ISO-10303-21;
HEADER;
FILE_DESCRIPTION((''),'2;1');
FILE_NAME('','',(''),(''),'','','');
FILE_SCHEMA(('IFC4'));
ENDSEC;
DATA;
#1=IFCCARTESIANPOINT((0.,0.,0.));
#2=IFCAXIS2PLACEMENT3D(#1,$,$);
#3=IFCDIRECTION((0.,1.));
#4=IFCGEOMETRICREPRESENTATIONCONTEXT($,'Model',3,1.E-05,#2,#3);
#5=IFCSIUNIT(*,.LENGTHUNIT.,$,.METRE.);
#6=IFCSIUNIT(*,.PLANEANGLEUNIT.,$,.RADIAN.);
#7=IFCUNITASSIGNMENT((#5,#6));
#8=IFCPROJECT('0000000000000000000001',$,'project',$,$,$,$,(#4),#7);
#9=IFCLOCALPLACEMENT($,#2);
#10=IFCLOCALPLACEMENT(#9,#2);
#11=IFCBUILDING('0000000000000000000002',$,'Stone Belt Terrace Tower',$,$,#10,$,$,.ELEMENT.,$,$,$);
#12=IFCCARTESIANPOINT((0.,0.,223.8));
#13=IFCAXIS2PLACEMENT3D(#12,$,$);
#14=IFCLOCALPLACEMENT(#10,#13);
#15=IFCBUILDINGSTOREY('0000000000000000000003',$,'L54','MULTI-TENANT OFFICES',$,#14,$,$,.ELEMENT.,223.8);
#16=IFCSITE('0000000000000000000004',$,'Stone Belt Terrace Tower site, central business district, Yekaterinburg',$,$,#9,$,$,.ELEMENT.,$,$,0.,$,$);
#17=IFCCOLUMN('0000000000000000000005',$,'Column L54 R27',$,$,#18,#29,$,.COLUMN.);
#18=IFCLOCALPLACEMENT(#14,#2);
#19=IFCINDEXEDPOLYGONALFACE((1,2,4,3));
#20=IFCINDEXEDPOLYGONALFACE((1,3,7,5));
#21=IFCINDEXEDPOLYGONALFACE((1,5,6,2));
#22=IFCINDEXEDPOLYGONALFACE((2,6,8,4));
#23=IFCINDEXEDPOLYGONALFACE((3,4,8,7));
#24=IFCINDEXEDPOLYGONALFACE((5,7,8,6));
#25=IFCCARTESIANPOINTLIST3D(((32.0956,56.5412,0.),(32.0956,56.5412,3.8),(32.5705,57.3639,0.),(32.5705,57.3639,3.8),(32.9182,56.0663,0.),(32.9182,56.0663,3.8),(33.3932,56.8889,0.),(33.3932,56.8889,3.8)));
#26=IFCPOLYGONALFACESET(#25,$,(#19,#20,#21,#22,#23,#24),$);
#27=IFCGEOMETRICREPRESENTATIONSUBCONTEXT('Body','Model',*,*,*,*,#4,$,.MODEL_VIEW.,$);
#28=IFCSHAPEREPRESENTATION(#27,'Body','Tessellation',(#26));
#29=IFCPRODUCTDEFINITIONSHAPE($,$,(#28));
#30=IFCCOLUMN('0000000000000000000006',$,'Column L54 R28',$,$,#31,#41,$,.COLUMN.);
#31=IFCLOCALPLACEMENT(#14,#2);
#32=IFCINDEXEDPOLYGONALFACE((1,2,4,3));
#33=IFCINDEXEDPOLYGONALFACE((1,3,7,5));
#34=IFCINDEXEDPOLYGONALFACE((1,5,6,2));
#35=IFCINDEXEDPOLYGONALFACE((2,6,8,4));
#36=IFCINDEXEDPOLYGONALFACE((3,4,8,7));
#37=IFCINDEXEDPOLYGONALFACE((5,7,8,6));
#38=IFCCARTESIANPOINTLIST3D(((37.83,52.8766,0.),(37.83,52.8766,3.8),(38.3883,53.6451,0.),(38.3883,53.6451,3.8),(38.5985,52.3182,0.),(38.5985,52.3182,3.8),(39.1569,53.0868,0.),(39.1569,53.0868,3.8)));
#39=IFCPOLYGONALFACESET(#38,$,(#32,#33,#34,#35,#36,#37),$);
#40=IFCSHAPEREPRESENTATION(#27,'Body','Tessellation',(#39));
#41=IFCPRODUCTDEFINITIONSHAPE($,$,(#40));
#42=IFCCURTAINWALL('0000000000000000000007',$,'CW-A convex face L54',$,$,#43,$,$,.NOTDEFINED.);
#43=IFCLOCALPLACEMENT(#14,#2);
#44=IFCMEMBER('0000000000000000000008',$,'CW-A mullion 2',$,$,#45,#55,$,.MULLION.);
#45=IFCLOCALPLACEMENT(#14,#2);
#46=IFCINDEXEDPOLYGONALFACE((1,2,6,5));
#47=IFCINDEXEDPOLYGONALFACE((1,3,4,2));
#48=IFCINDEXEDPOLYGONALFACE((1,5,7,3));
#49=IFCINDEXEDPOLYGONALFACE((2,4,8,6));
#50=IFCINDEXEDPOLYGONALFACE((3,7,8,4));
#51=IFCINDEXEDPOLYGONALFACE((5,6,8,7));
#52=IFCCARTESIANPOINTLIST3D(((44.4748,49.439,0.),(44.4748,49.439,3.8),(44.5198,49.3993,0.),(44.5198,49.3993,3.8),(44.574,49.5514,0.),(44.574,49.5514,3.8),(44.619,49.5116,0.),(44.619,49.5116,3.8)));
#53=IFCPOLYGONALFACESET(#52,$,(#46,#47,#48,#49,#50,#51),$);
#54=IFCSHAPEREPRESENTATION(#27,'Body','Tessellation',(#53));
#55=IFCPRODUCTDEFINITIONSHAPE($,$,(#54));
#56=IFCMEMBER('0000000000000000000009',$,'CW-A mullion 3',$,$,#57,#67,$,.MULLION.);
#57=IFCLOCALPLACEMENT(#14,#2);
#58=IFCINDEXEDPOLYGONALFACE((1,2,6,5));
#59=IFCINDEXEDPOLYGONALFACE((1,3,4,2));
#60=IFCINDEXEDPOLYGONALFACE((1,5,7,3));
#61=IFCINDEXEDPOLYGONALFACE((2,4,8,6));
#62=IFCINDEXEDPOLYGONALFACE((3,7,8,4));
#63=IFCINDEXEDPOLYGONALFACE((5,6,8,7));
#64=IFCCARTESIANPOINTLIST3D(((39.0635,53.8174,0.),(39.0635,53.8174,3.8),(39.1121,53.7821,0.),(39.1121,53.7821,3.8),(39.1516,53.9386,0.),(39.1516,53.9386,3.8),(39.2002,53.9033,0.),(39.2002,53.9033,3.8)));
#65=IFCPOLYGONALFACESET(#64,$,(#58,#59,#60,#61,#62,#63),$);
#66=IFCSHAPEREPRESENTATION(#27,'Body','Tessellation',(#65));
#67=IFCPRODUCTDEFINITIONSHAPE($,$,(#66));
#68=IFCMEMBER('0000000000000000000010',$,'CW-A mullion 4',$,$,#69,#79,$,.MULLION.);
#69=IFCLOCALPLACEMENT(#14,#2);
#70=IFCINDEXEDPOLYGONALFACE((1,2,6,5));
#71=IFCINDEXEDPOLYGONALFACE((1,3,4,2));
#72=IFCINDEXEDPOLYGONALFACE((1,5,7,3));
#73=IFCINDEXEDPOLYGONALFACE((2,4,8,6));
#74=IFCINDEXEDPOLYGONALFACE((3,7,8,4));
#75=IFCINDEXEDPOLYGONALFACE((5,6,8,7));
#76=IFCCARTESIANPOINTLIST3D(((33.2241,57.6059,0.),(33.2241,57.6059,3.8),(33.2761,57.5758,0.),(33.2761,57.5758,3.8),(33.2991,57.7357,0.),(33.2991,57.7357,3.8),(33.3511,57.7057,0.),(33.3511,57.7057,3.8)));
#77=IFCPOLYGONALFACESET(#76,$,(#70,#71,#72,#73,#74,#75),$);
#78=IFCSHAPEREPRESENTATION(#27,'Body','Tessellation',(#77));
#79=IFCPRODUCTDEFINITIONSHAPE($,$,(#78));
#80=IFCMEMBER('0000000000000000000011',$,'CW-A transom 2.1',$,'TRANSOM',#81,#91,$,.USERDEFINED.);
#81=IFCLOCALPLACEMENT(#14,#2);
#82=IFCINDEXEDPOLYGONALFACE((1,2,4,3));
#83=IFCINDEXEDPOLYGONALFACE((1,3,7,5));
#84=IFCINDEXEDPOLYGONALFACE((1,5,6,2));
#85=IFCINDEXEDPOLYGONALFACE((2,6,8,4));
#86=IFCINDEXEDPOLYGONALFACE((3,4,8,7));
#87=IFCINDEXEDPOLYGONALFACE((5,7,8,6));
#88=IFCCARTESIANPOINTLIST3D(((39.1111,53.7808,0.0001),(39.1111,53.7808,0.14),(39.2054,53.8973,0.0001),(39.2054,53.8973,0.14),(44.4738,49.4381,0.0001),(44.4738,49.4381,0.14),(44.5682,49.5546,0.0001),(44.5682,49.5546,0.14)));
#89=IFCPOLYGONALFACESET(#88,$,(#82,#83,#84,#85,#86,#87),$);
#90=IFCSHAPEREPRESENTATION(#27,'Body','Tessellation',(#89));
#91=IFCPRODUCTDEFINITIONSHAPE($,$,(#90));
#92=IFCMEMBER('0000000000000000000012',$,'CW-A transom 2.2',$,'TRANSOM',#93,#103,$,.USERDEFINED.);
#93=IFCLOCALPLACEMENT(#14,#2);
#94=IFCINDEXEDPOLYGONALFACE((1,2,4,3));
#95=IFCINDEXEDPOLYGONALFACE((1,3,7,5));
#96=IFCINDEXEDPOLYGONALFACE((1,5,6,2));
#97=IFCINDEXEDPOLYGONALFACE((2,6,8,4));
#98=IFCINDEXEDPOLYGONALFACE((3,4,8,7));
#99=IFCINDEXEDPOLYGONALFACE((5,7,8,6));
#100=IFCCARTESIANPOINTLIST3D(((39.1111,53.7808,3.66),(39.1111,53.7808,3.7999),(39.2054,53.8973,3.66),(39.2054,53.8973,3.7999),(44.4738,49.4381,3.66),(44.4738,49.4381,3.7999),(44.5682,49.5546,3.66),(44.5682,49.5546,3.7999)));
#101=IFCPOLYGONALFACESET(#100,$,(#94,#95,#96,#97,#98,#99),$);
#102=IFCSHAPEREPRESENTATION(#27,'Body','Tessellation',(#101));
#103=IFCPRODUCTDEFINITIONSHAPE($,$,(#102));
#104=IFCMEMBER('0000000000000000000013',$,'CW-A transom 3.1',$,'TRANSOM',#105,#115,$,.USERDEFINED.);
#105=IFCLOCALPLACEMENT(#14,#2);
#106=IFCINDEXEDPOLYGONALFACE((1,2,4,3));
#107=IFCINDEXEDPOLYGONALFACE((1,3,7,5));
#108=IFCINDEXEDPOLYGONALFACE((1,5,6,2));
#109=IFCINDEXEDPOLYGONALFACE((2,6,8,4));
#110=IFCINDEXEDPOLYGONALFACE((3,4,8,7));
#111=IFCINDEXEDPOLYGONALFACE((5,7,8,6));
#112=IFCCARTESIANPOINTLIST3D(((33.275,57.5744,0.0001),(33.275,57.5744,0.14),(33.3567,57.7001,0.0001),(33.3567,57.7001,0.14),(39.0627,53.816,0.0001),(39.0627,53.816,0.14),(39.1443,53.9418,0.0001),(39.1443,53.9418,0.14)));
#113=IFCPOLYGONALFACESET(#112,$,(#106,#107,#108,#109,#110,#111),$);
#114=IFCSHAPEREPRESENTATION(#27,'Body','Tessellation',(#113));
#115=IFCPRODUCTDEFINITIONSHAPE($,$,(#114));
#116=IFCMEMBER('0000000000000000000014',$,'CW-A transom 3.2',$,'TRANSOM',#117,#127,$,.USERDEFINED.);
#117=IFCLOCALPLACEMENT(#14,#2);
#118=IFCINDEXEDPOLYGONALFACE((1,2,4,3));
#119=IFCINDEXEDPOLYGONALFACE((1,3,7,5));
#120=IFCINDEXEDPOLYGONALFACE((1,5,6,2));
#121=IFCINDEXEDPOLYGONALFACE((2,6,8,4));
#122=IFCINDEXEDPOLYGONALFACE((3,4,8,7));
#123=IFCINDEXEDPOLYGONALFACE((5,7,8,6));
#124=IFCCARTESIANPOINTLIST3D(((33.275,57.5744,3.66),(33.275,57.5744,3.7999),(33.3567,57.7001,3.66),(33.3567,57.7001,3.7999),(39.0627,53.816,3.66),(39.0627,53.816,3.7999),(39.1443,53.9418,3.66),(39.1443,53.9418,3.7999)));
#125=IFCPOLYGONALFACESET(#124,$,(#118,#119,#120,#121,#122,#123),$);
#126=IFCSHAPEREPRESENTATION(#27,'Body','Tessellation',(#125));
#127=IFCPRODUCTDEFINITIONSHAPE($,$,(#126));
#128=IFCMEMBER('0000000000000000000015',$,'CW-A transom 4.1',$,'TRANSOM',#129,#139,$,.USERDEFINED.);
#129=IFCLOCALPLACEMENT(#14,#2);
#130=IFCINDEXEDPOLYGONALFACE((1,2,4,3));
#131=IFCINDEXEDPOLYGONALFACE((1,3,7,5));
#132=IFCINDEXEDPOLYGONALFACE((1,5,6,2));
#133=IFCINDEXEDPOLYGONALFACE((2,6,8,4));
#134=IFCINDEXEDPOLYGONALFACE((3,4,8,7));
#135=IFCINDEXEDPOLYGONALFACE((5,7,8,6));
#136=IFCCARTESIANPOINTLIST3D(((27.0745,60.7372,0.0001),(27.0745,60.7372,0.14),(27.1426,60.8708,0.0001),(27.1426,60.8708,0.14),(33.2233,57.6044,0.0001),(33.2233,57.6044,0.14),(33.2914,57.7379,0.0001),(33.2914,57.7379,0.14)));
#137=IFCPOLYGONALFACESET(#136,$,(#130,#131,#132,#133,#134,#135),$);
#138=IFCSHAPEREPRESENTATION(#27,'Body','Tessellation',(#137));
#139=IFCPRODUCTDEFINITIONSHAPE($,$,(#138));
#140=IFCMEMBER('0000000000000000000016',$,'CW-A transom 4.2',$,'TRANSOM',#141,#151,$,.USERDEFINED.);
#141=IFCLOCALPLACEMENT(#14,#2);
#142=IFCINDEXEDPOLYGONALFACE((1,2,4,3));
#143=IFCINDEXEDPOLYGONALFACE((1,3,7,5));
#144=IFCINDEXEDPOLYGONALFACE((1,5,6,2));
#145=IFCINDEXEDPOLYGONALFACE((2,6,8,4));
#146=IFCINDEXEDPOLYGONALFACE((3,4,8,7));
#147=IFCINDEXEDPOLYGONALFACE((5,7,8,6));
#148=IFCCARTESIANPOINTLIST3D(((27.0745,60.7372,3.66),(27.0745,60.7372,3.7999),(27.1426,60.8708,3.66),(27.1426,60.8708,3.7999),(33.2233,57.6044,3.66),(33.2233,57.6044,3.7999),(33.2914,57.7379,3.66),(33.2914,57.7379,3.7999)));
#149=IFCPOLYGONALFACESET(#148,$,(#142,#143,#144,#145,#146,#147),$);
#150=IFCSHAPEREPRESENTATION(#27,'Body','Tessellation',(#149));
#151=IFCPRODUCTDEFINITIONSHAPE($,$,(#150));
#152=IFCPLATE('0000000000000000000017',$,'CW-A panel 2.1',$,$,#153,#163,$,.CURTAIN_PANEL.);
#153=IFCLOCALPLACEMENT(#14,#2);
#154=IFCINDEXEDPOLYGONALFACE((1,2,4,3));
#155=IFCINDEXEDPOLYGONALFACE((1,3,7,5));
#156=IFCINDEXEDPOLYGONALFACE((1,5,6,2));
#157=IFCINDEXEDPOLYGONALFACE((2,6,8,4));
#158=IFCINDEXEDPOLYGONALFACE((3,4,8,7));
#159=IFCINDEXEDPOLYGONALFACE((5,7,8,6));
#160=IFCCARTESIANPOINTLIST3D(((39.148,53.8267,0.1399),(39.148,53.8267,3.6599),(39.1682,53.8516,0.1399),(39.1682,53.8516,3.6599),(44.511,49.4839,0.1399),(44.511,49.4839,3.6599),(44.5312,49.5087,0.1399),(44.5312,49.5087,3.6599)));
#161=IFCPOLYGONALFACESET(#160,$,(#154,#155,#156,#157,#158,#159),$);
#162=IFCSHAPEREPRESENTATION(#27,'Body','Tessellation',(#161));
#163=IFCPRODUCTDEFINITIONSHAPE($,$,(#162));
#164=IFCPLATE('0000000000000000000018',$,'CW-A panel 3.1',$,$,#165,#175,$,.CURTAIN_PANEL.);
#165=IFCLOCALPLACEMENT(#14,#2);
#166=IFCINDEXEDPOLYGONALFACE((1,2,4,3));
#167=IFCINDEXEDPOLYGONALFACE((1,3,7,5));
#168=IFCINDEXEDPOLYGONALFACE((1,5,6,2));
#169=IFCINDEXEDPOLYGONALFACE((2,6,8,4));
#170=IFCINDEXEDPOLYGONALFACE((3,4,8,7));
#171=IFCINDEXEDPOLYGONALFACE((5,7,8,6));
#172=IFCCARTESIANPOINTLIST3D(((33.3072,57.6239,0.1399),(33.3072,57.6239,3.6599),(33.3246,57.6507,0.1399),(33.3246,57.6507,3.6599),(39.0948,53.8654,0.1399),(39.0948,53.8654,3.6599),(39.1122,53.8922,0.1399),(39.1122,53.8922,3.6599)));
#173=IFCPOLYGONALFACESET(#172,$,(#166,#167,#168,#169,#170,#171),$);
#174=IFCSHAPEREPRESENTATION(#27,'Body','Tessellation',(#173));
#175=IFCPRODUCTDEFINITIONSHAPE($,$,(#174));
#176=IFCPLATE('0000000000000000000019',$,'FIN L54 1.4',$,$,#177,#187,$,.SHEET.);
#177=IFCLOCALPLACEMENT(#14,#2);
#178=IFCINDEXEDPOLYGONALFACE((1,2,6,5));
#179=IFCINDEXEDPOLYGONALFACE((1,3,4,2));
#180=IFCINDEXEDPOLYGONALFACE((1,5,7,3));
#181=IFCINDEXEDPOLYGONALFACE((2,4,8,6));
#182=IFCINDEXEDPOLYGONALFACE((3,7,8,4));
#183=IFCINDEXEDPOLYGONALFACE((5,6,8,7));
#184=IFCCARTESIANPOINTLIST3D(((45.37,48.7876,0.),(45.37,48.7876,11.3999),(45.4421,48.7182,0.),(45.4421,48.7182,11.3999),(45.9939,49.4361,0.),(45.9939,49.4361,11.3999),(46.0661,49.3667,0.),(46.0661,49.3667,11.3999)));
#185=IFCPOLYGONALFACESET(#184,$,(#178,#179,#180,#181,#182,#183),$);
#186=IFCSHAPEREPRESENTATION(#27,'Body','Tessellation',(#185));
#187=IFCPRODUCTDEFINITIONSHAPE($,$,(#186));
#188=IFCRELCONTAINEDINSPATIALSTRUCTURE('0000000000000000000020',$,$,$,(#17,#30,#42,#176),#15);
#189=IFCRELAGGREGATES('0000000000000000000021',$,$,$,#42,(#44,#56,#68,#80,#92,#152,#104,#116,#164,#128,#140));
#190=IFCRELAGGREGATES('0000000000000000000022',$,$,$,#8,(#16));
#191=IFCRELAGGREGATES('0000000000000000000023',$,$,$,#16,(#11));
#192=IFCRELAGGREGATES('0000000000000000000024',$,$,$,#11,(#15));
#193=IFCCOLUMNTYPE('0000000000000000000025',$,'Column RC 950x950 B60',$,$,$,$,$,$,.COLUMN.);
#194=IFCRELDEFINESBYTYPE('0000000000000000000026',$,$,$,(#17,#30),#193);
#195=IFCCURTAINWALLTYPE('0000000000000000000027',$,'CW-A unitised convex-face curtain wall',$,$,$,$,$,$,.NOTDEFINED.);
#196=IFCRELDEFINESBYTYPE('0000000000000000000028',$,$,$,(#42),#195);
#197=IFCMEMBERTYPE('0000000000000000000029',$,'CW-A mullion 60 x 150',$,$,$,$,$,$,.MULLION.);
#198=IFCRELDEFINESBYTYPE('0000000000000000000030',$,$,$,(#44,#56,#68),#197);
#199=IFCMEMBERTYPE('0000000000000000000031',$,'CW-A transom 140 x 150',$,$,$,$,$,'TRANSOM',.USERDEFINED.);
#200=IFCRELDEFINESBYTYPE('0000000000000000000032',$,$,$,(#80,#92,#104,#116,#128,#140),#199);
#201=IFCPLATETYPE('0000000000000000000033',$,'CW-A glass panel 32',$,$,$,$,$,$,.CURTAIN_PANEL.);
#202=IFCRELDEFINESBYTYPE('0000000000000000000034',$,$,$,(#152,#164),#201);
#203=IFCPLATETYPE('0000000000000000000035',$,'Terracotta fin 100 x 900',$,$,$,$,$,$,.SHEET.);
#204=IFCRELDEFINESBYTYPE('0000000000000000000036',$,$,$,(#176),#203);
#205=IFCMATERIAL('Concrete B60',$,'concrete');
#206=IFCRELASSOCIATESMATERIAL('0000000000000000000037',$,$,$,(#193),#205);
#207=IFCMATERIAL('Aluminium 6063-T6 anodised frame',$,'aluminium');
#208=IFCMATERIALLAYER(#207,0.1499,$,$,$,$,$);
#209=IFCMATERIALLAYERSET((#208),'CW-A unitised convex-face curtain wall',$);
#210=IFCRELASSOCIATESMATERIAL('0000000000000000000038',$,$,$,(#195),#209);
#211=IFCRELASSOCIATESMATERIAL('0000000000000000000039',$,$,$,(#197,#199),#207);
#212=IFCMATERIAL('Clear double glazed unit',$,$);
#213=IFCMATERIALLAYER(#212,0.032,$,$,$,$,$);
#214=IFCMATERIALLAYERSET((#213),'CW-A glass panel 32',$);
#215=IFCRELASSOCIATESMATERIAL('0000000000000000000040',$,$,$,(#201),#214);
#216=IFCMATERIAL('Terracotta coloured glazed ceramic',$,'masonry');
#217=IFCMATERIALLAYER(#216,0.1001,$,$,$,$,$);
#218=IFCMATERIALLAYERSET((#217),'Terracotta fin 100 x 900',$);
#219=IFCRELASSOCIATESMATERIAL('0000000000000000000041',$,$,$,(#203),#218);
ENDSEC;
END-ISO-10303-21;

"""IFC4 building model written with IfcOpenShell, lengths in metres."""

from ifc_helpers import new_model, si_unit, direction, frame, origin, origin_2d, place, context, subcontext, project, spatial, rectangle, extrude, material, layer, layer_set, material_profile, profile_set, type_object, element, aggregate, save


model = new_model("IFC4")

# Units and contexts
model_context = context("Model", 3, precision=1e-05, world=origin(), true_north=direction((0.0, 1.0)))
body_context = subcontext(model_context, "Body", "Model", "MODEL_VIEW")
ifc_project = project(units=[si_unit("LENGTHUNIT", "METRE"), si_unit("PLANEANGLEUNIT", "RADIAN")], contexts=[model_context])

# Site, building, storey
site_placement = place(None, origin())
site = spatial("IfcSite", under=ifc_project, at=site_placement, Name="Stone Belt Terrace Tower site, central business district, Yekaterinburg", CompositionType="ELEMENT", RefElevation=0.0)
building_placement = place(site_placement, origin())
building = spatial("IfcBuilding", under=site, at=building_placement, Name="Stone Belt Terrace Tower", CompositionType="ELEMENT")
storey_placement = place(building_placement, frame((0.0, 0.0, 223.8)))
storey = spatial("IfcBuildingStorey", under=building, at=storey_placement, Name="L54", Description="MULTI-TENANT OFFICES", CompositionType="ELEMENT", Elevation=223.8)

# Columns
ifc_material_1 = material(Name="Concrete B60", Category="concrete")
ifc_material_profile_1 = material_profile(ifc_material_1, rectangle(XDim=0.95, YDim=0.95, at=origin_2d()), Name="RC 950x950")
ifc_profile_set_1 = profile_set([ifc_material_profile_1], Name="Concrete B60")
column_type = type_object("IfcColumnType", Name="Column RC 950x950 B60", PredefinedType="COLUMN", material=ifc_profile_set_1)
for number, where, z_axis, x_axis, name in (
    (1, (32.7444, 56.7151, 0.0), (0.0, 0.0, 1.0), (0.866025, -0.5, 0.0), "Column L54 R27"),
    (2, (38.4934, 52.9817, 0.0), (0.0, 0.0, 1.0), (0.809017, -0.587785, 0.0), "Column L54 R28"),
):
    element("IfcColumn", number, at=place(storey_placement, frame(where, z_axis=z_axis, x_axis=x_axis)), inside=storey, type_object=column_type, Name=name, PredefinedType="COLUMN", context=body_context, shape_type="SweptSolid", body=[
        extrude(rectangle(XDim=0.95, YDim=0.95, at=origin_2d()), origin(), (0.0, 0.0, 1.0), 3.8),
    ])

# Curtain wall, members, plates
ifc_material_2 = material(Name="Aluminium 6063-T6 anodised frame", Category="aluminium")
ifc_layer_1 = layer(ifc_material_2, 0.1499)
ifc_layer_set_1 = layer_set([ifc_layer_1], Name="CW-A unitised convex-face curtain wall")
curtain_wall_type = type_object("IfcCurtainWallType", Name="CW-A unitised convex-face curtain wall", PredefinedType="NOTDEFINED", material=ifc_layer_set_1)
curtain_wall_placement = place(storey_placement, origin())
curtain_wall = element("IfcCurtainWall", 3, at=curtain_wall_placement, inside=storey, type_object=curtain_wall_type, Name="CW-A convex face L54", PredefinedType="NOTDEFINED")
ifc_material_profile_2 = material_profile(ifc_material_2, rectangle(XDim=0.1499, YDim=0.0601, at=origin_2d()), Name="Aluminium 6063-T6 60x150")
ifc_profile_set_2 = profile_set([ifc_material_profile_2], Name="Aluminium 6063-T6 anodised frame")
member_type_1 = type_object("IfcMemberType", Name="CW-A mullion 60 x 150", PredefinedType="MULLION", material=ifc_profile_set_2)
member_1_placement = place(storey_placement, frame((44.5469, 49.4753, 0.0), z_axis=(0.0, 0.0, 1.0), x_axis=(-0.661937, -0.749559, 0.0)))
member_1 = element("IfcMember", 4, at=member_1_placement, type_object=member_type_1, Name="CW-A mullion 2", PredefinedType="MULLION", context=body_context, shape_type="SweptSolid", body=[
    extrude(rectangle(XDim=0.1499, YDim=0.0601, at=origin_2d()), origin(), (0.0, 0.0, 1.0), 3.8),
])
member_2_placement = place(storey_placement, frame((39.1318, 53.8604, 0.0), z_axis=(0.0, 0.0, 1.0), x_axis=(-0.587785, -0.809017, 0.0)))
member_2 = element("IfcMember", 5, at=member_2_placement, type_object=member_type_1, Name="CW-A mullion 3", PredefinedType="MULLION", context=body_context, shape_type="SweptSolid", body=[
    extrude(rectangle(XDim=0.1499, YDim=0.0601, at=origin_2d()), origin(), (0.0, 0.0, 1.0), 3.8),
])
member_3_placement = place(storey_placement, frame((33.2876, 57.6558, 0.0), z_axis=(0.0, 0.0, 1.0), x_axis=(-0.5, -0.866025, 0.0)))
member_3 = element("IfcMember", 6, at=member_3_placement, type_object=member_type_1, Name="CW-A mullion 4", PredefinedType="MULLION", context=body_context, shape_type="SweptSolid", body=[
    extrude(rectangle(XDim=0.1499, YDim=0.0601, at=origin_2d()), origin(), (0.0, 0.0, 1.0), 3.8),
])
ifc_material_profile_3 = material_profile(ifc_material_2, rectangle(XDim=0.1499, YDim=0.1399, at=origin_2d()), Name="Aluminium 6063-T6 150x140")
ifc_profile_set_3 = profile_set([ifc_material_profile_3], Name="Aluminium 6063-T6 anodised frame")
member_type_2 = type_object("IfcMemberType", Name="CW-A transom 140 x 150", ElementType="TRANSOM", PredefinedType="USERDEFINED", material=ifc_profile_set_3)
member_4_placement = place(storey_placement, frame((44.521, 49.4963, 0.0701), z_axis=(-0.777141, 0.629326, 0.0), x_axis=(-0.629326, -0.777141, 0.0)))
member_4 = element("IfcMember", 7, at=member_4_placement, type_object=member_type_2, Name="CW-A transom 2.1", ObjectType="TRANSOM", PredefinedType="USERDEFINED", context=body_context, shape_type="SweptSolid", body=[
    extrude(rectangle(XDim=0.1499, YDim=0.1399, at=origin_2d()), origin(), (0.0, 0.0, 1.0), 6.9006),
])
member_5_placement = place(storey_placement, frame((44.521, 49.4963, 3.73), z_axis=(-0.777141, 0.629326, 0.0), x_axis=(-0.629326, -0.777141, 0.0)))
member_5 = element("IfcMember", 8, at=member_5_placement, type_object=member_type_2, Name="CW-A transom 2.2", ObjectType="TRANSOM", PredefinedType="USERDEFINED", context=body_context, shape_type="SweptSolid", body=[
    extrude(rectangle(XDim=0.1499, YDim=0.1399, at=origin_2d()), origin(), (0.0, 0.0, 1.0), 6.9006),
])
member_6_placement = place(storey_placement, frame((39.1035, 53.8789, 0.0701), z_axis=(-0.838684, 0.544618, 0.0), x_axis=(-0.544618, -0.838684, 0.0)))
member_6 = element("IfcMember", 9, at=member_6_placement, type_object=member_type_2, Name="CW-A transom 3.1", ObjectType="TRANSOM", PredefinedType="USERDEFINED", context=body_context, shape_type="SweptSolid", body=[
    extrude(rectangle(XDim=0.1499, YDim=0.1399, at=origin_2d()), origin(), (0.0, 0.0, 1.0), 6.9009),
])
member_7_placement = place(storey_placement, frame((39.1035, 53.8789, 3.73), z_axis=(-0.838684, 0.544618, 0.0), x_axis=(-0.544618, -0.838684, 0.0)))
member_7 = element("IfcMember", 10, at=member_7_placement, type_object=member_type_2, Name="CW-A transom 3.2", ObjectType="TRANSOM", PredefinedType="USERDEFINED", context=body_context, shape_type="SweptSolid", body=[
    extrude(rectangle(XDim=0.1499, YDim=0.1399, at=origin_2d()), origin(), (0.0, 0.0, 1.0), 6.9009),
])
member_8_placement = place(storey_placement, frame((33.2573, 57.6711, 0.0701), z_axis=(-0.891012, 0.453979, 0.0), x_axis=(-0.453979, -0.891012, 0.0)))
member_8 = element("IfcMember", 11, at=member_8_placement, type_object=member_type_2, Name="CW-A transom 4.1", ObjectType="TRANSOM", PredefinedType="USERDEFINED", context=body_context, shape_type="SweptSolid", body=[
    extrude(rectangle(XDim=0.1499, YDim=0.1399, at=origin_2d()), origin(), (0.0, 0.0, 1.0), 6.9009),
])
member_9_placement = place(storey_placement, frame((33.2573, 57.6711, 3.73), z_axis=(-0.891012, 0.453979, 0.0), x_axis=(-0.453979, -0.891012, 0.0)))
member_9 = element("IfcMember", 12, at=member_9_placement, type_object=member_type_2, Name="CW-A transom 4.2", ObjectType="TRANSOM", PredefinedType="USERDEFINED", context=body_context, shape_type="SweptSolid", body=[
    extrude(rectangle(XDim=0.1499, YDim=0.1399, at=origin_2d()), origin(), (0.0, 0.0, 1.0), 6.9009),
])
ifc_material_3 = material(Name="Clear double glazed unit")
ifc_layer_2 = layer(ifc_material_3, 0.032)
ifc_layer_set_2 = layer_set([ifc_layer_2], Name="CW-A glass panel 32")
plate_type_1 = type_object("IfcPlateType", Name="CW-A glass panel 32", PredefinedType="CURTAIN_PANEL", material=ifc_layer_set_2)
plate_1_placement = place(storey_placement, frame((41.8396, 51.6677, 0.1399), z_axis=(0.0, 0.0, 1.0), x_axis=(-0.777146, 0.62932, 0.0)))
plate_1 = element("IfcPlate", 13, at=plate_1_placement, type_object=plate_type_1, Name="CW-A panel 2.1", PredefinedType="CURTAIN_PANEL", context=body_context, shape_type="SweptSolid", body=[
    extrude(rectangle(XDim=6.9009, YDim=0.032, at=origin_2d()), origin(), (0.0, 0.0, 1.0), 3.52),
])
plate_2_placement = place(storey_placement, frame((36.2097, 55.7581, 0.1399), z_axis=(0.0, 0.0, 1.0), x_axis=(-0.838671, 0.544639, 0.0)))
plate_2 = element("IfcPlate", 14, at=plate_2_placement, type_object=plate_type_1, Name="CW-A panel 3.1", PredefinedType="CURTAIN_PANEL", context=body_context, shape_type="SweptSolid", body=[
    extrude(rectangle(XDim=6.9009, YDim=0.032, at=origin_2d()), origin(), (0.0, 0.0, 1.0), 3.52),
])
aggregate(curtain_wall, [member_1, member_2, member_3, member_4, member_5, plate_1, member_6, member_7, plate_2, member_8, member_9])

# Plate
ifc_material_4 = material(Name="Terracotta coloured glazed ceramic", Category="masonry")
ifc_layer_3 = layer(ifc_material_4, 0.1001)
ifc_layer_set_3 = layer_set([ifc_layer_3], Name="Terracotta fin 100 x 900")
plate_type_2 = type_object("IfcPlateType", Name="Terracotta fin 100 x 900", PredefinedType="SHEET", material=ifc_layer_set_3)
for number, where, z_axis, x_axis, name in (
    (15, (45.718, 49.0771, 0.0), (0.0, 0.0, 1.0), (0.693346, 0.720604, 0.0), "FIN L54 1.4"),
):
    element("IfcPlate", number, at=place(storey_placement, frame(where, z_axis=z_axis, x_axis=x_axis)), inside=storey, type_object=plate_type_2, Name=name, PredefinedType="SHEET", context=body_context, shape_type="SweptSolid", body=[
        extrude(rectangle(XDim=0.8999, YDim=0.1001, at=origin_2d()), origin(), (0.0, 0.0, 1.0), 11.3999),
    ])

save(model, "model.ifc")
